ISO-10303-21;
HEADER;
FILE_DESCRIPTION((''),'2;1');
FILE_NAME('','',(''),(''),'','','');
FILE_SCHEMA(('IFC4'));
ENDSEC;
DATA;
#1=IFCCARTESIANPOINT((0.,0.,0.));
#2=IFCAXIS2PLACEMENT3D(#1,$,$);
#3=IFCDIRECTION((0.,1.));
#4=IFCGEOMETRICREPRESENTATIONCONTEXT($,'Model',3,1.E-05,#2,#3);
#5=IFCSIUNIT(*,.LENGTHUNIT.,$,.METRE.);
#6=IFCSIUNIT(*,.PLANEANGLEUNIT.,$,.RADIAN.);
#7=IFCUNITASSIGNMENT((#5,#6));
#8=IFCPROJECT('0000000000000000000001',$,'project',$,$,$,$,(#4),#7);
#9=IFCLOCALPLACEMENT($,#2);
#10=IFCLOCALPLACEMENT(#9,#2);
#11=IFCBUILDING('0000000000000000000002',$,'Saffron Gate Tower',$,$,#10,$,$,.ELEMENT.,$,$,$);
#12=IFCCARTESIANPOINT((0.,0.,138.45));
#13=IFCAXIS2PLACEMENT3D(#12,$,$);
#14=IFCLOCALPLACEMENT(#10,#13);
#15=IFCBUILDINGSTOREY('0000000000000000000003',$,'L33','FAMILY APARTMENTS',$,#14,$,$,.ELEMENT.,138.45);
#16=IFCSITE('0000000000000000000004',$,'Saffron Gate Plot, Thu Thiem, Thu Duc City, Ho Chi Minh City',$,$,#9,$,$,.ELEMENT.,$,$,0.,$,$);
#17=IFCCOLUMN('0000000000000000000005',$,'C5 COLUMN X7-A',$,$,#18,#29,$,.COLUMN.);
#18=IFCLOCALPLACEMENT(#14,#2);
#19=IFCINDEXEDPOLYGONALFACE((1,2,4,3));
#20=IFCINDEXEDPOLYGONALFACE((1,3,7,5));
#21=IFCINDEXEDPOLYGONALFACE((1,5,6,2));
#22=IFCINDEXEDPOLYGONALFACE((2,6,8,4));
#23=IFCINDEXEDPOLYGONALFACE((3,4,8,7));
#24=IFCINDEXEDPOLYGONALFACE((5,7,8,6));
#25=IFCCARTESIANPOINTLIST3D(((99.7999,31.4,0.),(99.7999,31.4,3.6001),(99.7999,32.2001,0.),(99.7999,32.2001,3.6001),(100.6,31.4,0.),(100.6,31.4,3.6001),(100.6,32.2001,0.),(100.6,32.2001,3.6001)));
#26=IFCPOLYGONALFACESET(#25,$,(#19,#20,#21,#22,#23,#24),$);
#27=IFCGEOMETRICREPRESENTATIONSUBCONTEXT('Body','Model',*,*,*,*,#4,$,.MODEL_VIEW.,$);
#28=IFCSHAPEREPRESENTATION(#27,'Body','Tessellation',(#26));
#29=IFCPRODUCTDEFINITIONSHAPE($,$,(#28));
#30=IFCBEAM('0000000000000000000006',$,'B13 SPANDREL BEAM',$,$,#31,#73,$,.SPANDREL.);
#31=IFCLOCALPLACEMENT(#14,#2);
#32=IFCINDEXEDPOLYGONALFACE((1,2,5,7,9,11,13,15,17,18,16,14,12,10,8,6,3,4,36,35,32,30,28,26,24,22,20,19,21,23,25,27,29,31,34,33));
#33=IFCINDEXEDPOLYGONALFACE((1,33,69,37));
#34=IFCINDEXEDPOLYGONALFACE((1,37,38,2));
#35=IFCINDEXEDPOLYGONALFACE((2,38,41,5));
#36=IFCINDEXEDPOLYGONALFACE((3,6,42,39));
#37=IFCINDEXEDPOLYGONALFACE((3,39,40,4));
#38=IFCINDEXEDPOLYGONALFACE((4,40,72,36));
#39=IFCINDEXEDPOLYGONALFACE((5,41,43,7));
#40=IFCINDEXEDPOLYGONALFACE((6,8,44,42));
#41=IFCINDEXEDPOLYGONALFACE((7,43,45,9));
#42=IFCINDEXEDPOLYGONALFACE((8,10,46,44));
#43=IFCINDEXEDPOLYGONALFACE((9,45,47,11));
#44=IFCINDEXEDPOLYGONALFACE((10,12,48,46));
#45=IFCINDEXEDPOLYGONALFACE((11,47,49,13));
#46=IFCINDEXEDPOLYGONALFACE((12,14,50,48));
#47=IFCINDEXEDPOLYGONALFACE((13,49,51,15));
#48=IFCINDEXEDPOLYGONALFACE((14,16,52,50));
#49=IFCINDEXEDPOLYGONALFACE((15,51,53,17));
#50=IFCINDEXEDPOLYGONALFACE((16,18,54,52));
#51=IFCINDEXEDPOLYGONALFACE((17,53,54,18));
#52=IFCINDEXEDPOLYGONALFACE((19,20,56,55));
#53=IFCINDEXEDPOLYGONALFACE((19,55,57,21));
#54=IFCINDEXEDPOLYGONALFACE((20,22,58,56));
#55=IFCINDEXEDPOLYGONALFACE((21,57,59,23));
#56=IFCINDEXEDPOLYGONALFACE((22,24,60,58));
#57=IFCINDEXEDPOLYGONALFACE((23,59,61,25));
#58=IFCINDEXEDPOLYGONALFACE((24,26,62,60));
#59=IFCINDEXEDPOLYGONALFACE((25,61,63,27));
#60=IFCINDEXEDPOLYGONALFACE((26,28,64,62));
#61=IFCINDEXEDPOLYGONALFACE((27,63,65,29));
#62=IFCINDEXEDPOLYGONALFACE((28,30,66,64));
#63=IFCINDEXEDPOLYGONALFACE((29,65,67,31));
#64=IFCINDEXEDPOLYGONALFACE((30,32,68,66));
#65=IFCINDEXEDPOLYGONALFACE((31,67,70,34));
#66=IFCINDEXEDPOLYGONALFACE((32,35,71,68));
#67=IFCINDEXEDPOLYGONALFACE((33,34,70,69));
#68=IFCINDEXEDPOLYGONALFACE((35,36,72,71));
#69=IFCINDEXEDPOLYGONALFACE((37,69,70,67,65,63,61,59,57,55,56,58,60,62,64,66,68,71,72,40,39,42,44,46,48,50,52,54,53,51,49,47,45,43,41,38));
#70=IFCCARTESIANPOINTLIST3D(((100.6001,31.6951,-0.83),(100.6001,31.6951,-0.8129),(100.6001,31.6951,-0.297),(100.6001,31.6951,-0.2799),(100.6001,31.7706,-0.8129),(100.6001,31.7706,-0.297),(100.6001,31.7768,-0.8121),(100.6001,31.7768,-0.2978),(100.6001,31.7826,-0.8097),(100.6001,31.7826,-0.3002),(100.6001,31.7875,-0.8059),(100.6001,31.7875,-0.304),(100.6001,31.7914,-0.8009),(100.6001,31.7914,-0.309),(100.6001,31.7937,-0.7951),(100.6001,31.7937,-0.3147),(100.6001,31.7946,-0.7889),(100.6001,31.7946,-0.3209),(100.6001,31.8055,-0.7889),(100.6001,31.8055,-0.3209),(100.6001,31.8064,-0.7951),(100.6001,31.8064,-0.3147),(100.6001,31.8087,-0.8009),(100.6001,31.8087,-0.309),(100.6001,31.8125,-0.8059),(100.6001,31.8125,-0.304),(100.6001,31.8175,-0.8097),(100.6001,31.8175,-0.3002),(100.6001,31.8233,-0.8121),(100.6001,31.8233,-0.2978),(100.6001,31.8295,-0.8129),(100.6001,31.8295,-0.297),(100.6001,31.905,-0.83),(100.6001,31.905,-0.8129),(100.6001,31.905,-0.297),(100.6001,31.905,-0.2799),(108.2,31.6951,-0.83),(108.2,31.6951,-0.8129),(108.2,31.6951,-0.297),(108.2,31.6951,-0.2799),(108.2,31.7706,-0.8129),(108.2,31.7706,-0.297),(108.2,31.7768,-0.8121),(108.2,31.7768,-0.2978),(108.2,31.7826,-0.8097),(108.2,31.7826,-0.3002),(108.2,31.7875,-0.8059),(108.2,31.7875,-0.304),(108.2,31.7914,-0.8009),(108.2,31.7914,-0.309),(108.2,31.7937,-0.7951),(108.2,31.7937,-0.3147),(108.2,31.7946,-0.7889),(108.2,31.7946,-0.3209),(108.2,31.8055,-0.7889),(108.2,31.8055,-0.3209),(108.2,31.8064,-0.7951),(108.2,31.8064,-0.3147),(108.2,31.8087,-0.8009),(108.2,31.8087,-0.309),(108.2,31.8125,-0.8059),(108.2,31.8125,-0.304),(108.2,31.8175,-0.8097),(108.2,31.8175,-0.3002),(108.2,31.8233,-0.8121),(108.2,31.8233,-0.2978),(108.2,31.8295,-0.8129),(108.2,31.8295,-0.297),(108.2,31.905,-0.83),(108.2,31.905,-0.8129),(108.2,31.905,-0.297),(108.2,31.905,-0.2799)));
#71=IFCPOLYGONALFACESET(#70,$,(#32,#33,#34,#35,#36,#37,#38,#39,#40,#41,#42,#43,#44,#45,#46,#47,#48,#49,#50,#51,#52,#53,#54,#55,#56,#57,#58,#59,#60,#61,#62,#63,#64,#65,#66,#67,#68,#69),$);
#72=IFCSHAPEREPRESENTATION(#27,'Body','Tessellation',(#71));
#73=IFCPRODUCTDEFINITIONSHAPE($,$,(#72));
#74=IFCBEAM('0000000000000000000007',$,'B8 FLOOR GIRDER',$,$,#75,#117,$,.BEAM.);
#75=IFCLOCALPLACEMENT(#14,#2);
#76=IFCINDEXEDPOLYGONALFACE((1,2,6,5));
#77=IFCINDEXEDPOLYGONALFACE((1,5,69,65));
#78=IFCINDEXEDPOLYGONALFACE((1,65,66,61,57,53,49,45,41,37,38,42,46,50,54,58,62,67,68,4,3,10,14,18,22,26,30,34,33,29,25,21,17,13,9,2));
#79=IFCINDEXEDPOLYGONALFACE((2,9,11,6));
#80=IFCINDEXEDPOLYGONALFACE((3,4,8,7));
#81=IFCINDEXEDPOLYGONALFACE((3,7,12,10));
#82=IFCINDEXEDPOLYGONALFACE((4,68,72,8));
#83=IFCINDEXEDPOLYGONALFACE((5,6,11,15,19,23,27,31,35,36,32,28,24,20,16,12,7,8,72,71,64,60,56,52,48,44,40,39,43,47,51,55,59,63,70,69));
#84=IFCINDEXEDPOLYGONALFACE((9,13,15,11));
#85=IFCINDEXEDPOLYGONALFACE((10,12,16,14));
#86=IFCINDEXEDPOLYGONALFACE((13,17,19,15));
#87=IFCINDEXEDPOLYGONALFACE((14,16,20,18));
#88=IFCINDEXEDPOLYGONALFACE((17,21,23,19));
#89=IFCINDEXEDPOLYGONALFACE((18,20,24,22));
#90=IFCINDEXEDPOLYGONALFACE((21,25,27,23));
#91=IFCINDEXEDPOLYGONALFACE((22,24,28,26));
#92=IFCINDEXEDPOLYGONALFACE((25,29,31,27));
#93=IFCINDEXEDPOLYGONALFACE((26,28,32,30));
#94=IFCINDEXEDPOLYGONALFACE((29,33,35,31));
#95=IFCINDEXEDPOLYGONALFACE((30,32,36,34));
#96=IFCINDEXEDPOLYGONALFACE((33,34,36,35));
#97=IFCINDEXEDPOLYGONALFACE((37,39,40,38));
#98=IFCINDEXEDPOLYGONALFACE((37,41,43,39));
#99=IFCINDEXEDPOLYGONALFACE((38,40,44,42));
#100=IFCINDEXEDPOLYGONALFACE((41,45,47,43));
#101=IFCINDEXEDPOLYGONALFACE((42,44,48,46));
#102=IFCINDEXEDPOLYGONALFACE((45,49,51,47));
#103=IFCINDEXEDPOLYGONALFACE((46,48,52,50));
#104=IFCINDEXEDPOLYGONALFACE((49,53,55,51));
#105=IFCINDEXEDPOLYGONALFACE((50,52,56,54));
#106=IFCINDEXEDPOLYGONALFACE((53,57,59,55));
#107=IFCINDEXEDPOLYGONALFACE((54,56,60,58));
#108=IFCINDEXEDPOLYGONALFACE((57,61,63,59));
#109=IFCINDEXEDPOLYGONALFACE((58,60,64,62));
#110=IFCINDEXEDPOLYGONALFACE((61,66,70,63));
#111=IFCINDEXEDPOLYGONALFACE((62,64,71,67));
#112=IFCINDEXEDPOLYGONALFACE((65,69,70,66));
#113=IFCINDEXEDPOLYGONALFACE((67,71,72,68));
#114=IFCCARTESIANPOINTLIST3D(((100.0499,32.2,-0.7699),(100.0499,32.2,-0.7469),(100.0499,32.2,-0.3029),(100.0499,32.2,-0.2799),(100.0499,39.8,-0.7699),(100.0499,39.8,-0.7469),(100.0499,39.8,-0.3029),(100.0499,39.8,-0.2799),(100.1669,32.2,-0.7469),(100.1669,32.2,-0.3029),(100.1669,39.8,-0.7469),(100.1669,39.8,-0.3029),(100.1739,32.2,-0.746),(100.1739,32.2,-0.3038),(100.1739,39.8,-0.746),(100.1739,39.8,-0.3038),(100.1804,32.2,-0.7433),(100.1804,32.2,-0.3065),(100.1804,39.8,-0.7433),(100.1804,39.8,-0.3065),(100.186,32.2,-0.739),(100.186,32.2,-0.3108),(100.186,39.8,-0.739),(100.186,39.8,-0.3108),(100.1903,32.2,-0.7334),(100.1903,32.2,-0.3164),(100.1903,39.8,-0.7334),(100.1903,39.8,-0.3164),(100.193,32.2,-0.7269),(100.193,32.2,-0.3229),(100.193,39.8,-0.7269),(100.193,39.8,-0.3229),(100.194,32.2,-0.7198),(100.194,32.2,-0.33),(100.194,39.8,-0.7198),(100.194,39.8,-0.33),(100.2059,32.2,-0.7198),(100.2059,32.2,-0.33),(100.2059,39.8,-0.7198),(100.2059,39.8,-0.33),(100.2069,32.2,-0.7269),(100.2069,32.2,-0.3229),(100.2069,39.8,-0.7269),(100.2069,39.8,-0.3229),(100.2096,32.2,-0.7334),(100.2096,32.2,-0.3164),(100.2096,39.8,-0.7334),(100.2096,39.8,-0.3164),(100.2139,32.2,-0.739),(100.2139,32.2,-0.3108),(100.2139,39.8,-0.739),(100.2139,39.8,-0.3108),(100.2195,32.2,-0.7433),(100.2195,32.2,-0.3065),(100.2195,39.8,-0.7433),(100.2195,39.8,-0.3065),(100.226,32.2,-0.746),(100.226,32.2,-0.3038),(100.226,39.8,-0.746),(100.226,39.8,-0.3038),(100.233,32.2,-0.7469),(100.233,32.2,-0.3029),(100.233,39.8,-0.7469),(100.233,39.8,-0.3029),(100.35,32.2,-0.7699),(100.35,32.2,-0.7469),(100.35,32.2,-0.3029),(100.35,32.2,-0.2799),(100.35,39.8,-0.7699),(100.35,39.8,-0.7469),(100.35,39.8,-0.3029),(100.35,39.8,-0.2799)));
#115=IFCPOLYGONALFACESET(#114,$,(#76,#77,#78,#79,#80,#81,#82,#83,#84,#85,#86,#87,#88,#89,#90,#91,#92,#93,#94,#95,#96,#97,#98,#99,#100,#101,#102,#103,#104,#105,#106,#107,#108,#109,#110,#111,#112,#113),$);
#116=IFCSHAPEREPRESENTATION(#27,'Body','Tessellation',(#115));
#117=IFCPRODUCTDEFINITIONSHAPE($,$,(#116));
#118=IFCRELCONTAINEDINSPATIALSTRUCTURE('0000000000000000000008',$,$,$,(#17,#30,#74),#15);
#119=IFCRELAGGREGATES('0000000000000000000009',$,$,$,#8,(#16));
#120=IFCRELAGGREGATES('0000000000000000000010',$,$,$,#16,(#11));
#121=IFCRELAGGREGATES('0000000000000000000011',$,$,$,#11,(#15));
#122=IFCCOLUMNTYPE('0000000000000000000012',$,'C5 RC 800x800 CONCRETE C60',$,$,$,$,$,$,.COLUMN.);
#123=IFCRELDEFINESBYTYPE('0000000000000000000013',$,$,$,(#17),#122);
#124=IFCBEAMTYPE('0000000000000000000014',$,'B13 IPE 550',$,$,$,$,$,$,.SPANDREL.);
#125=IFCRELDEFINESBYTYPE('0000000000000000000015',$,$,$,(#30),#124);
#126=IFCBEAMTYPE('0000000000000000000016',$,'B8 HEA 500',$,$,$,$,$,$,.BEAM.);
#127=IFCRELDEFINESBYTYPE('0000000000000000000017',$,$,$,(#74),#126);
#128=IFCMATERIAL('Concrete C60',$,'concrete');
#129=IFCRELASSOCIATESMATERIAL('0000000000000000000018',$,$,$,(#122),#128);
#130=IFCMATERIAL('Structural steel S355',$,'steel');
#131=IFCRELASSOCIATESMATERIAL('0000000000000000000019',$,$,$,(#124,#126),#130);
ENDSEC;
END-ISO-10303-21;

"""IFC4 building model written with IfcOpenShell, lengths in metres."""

from ifc_helpers import new_model, si_unit, direction, frame, origin, origin_2d, place, context, subcontext, project, spatial, rectangle, i_section, extrude, material, material_profile, profile_set, type_object, element, save


model = new_model("IFC4")

# Units and contexts
model_context = context("Model", 3, precision=1e-05, world=origin(), true_north=direction((0.0, 1.0)))
body_context = subcontext(model_context, "Body", "Model", "MODEL_VIEW")
ifc_project = project(units=[si_unit("LENGTHUNIT", "METRE"), si_unit("PLANEANGLEUNIT", "RADIAN")], contexts=[model_context])

# Site, building, storey
site_placement = place(None, origin())
site = spatial("IfcSite", under=ifc_project, at=site_placement, Name="Saffron Gate Plot, Thu Thiem, Thu Duc City, Ho Chi Minh City", CompositionType="ELEMENT", RefElevation=0.0)
building_placement = place(site_placement, origin())
building = spatial("IfcBuilding", under=site, at=building_placement, Name="Saffron Gate Tower", CompositionType="ELEMENT")
storey_placement = place(building_placement, frame((0.0, 0.0, 138.45)))
storey = spatial("IfcBuildingStorey", under=building, at=storey_placement, Name="L33", Description="FAMILY APARTMENTS", CompositionType="ELEMENT", Elevation=138.45)

# Column
ifc_material_1 = material(Name="Concrete C60", Category="concrete")
ifc_material_profile_1 = material_profile(ifc_material_1, rectangle(XDim=0.8, YDim=0.8, at=origin_2d()))
ifc_profile_set_1 = profile_set([ifc_material_profile_1], Name="Concrete C60")
column_type = type_object("IfcColumnType", Name="C5 RC 800x800 CONCRETE C60", PredefinedType="COLUMN", material=ifc_profile_set_1)
column_placement = place(storey_placement, frame((100.2, 31.8, 0.0), z_axis=(0.0, 0.0, 1.0), x_axis=(1.0, 0.0, 0.0)))
element("IfcColumn", 1, at=column_placement, inside=storey, type_object=column_type, Name="C5 COLUMN X7-A", PredefinedType="COLUMN", context=body_context, shape_type="SweptSolid", body=[
    extrude(rectangle(XDim=0.8, YDim=0.8, at=origin_2d()), origin(), (0.0, 0.0, 1.0), 3.6001),
])

# Beams
ifc_material_2 = material(Name="Structural steel S355", Category="steel")
ifc_material_profile_2 = material_profile(ifc_material_2, i_section(OverallWidth=0.21, OverallDepth=0.55, WebThickness=0.011, FlangeThickness=0.0171, FilletRadius=0.0239, at=origin_2d()))
ifc_profile_set_2 = profile_set([ifc_material_profile_2], Name="Structural steel S355")
beam_type_1 = type_object("IfcBeamType", Name="B13 IPE 550", PredefinedType="SPANDREL", material=ifc_profile_set_2)
beam_1_placement = place(storey_placement, frame((100.6001, 31.8, -0.5549), z_axis=(1.0, 0.0, 0.0), x_axis=(0.0, 1.0, 0.0)))
element("IfcBeam", 2, at=beam_1_placement, inside=storey, type_object=beam_type_1, Name="B13 SPANDREL BEAM", PredefinedType="SPANDREL", context=body_context, shape_type="SweptSolid", body=[
    extrude(i_section(OverallWidth=0.21, OverallDepth=0.55, WebThickness=0.011, FlangeThickness=0.0171, FilletRadius=0.0239, at=origin_2d()), origin(), (0.0, 0.0, 1.0), 7.5999),
])
ifc_material_profile_3 = material_profile(ifc_material_2, i_section(OverallWidth=0.3, OverallDepth=0.49, WebThickness=0.012, FlangeThickness=0.0229, FilletRadius=0.0271, at=origin_2d()))
ifc_profile_set_3 = profile_set([ifc_material_profile_3], Name="Structural steel S355")
beam_type_2 = type_object("IfcBeamType", Name="B8 HEA 500", PredefinedType="BEAM", material=ifc_profile_set_3)
beam_2_placement = place(storey_placement, frame((100.2, 32.2, -0.5249), z_axis=(0.0, 1.0, 0.0), x_axis=(-1.0, 0.0, 0.0)))
element("IfcBeam", 3, at=beam_2_placement, inside=storey, type_object=beam_type_2, Name="B8 FLOOR GIRDER", PredefinedType="BEAM", context=body_context, shape_type="SweptSolid", body=[
    extrude(i_section(OverallWidth=0.3, OverallDepth=0.49, WebThickness=0.012, FlangeThickness=0.0229, FilletRadius=0.0271, at=origin_2d()), origin(), (0.0, 0.0, 1.0), 7.6001),
])

save(model, "model.ifc")
